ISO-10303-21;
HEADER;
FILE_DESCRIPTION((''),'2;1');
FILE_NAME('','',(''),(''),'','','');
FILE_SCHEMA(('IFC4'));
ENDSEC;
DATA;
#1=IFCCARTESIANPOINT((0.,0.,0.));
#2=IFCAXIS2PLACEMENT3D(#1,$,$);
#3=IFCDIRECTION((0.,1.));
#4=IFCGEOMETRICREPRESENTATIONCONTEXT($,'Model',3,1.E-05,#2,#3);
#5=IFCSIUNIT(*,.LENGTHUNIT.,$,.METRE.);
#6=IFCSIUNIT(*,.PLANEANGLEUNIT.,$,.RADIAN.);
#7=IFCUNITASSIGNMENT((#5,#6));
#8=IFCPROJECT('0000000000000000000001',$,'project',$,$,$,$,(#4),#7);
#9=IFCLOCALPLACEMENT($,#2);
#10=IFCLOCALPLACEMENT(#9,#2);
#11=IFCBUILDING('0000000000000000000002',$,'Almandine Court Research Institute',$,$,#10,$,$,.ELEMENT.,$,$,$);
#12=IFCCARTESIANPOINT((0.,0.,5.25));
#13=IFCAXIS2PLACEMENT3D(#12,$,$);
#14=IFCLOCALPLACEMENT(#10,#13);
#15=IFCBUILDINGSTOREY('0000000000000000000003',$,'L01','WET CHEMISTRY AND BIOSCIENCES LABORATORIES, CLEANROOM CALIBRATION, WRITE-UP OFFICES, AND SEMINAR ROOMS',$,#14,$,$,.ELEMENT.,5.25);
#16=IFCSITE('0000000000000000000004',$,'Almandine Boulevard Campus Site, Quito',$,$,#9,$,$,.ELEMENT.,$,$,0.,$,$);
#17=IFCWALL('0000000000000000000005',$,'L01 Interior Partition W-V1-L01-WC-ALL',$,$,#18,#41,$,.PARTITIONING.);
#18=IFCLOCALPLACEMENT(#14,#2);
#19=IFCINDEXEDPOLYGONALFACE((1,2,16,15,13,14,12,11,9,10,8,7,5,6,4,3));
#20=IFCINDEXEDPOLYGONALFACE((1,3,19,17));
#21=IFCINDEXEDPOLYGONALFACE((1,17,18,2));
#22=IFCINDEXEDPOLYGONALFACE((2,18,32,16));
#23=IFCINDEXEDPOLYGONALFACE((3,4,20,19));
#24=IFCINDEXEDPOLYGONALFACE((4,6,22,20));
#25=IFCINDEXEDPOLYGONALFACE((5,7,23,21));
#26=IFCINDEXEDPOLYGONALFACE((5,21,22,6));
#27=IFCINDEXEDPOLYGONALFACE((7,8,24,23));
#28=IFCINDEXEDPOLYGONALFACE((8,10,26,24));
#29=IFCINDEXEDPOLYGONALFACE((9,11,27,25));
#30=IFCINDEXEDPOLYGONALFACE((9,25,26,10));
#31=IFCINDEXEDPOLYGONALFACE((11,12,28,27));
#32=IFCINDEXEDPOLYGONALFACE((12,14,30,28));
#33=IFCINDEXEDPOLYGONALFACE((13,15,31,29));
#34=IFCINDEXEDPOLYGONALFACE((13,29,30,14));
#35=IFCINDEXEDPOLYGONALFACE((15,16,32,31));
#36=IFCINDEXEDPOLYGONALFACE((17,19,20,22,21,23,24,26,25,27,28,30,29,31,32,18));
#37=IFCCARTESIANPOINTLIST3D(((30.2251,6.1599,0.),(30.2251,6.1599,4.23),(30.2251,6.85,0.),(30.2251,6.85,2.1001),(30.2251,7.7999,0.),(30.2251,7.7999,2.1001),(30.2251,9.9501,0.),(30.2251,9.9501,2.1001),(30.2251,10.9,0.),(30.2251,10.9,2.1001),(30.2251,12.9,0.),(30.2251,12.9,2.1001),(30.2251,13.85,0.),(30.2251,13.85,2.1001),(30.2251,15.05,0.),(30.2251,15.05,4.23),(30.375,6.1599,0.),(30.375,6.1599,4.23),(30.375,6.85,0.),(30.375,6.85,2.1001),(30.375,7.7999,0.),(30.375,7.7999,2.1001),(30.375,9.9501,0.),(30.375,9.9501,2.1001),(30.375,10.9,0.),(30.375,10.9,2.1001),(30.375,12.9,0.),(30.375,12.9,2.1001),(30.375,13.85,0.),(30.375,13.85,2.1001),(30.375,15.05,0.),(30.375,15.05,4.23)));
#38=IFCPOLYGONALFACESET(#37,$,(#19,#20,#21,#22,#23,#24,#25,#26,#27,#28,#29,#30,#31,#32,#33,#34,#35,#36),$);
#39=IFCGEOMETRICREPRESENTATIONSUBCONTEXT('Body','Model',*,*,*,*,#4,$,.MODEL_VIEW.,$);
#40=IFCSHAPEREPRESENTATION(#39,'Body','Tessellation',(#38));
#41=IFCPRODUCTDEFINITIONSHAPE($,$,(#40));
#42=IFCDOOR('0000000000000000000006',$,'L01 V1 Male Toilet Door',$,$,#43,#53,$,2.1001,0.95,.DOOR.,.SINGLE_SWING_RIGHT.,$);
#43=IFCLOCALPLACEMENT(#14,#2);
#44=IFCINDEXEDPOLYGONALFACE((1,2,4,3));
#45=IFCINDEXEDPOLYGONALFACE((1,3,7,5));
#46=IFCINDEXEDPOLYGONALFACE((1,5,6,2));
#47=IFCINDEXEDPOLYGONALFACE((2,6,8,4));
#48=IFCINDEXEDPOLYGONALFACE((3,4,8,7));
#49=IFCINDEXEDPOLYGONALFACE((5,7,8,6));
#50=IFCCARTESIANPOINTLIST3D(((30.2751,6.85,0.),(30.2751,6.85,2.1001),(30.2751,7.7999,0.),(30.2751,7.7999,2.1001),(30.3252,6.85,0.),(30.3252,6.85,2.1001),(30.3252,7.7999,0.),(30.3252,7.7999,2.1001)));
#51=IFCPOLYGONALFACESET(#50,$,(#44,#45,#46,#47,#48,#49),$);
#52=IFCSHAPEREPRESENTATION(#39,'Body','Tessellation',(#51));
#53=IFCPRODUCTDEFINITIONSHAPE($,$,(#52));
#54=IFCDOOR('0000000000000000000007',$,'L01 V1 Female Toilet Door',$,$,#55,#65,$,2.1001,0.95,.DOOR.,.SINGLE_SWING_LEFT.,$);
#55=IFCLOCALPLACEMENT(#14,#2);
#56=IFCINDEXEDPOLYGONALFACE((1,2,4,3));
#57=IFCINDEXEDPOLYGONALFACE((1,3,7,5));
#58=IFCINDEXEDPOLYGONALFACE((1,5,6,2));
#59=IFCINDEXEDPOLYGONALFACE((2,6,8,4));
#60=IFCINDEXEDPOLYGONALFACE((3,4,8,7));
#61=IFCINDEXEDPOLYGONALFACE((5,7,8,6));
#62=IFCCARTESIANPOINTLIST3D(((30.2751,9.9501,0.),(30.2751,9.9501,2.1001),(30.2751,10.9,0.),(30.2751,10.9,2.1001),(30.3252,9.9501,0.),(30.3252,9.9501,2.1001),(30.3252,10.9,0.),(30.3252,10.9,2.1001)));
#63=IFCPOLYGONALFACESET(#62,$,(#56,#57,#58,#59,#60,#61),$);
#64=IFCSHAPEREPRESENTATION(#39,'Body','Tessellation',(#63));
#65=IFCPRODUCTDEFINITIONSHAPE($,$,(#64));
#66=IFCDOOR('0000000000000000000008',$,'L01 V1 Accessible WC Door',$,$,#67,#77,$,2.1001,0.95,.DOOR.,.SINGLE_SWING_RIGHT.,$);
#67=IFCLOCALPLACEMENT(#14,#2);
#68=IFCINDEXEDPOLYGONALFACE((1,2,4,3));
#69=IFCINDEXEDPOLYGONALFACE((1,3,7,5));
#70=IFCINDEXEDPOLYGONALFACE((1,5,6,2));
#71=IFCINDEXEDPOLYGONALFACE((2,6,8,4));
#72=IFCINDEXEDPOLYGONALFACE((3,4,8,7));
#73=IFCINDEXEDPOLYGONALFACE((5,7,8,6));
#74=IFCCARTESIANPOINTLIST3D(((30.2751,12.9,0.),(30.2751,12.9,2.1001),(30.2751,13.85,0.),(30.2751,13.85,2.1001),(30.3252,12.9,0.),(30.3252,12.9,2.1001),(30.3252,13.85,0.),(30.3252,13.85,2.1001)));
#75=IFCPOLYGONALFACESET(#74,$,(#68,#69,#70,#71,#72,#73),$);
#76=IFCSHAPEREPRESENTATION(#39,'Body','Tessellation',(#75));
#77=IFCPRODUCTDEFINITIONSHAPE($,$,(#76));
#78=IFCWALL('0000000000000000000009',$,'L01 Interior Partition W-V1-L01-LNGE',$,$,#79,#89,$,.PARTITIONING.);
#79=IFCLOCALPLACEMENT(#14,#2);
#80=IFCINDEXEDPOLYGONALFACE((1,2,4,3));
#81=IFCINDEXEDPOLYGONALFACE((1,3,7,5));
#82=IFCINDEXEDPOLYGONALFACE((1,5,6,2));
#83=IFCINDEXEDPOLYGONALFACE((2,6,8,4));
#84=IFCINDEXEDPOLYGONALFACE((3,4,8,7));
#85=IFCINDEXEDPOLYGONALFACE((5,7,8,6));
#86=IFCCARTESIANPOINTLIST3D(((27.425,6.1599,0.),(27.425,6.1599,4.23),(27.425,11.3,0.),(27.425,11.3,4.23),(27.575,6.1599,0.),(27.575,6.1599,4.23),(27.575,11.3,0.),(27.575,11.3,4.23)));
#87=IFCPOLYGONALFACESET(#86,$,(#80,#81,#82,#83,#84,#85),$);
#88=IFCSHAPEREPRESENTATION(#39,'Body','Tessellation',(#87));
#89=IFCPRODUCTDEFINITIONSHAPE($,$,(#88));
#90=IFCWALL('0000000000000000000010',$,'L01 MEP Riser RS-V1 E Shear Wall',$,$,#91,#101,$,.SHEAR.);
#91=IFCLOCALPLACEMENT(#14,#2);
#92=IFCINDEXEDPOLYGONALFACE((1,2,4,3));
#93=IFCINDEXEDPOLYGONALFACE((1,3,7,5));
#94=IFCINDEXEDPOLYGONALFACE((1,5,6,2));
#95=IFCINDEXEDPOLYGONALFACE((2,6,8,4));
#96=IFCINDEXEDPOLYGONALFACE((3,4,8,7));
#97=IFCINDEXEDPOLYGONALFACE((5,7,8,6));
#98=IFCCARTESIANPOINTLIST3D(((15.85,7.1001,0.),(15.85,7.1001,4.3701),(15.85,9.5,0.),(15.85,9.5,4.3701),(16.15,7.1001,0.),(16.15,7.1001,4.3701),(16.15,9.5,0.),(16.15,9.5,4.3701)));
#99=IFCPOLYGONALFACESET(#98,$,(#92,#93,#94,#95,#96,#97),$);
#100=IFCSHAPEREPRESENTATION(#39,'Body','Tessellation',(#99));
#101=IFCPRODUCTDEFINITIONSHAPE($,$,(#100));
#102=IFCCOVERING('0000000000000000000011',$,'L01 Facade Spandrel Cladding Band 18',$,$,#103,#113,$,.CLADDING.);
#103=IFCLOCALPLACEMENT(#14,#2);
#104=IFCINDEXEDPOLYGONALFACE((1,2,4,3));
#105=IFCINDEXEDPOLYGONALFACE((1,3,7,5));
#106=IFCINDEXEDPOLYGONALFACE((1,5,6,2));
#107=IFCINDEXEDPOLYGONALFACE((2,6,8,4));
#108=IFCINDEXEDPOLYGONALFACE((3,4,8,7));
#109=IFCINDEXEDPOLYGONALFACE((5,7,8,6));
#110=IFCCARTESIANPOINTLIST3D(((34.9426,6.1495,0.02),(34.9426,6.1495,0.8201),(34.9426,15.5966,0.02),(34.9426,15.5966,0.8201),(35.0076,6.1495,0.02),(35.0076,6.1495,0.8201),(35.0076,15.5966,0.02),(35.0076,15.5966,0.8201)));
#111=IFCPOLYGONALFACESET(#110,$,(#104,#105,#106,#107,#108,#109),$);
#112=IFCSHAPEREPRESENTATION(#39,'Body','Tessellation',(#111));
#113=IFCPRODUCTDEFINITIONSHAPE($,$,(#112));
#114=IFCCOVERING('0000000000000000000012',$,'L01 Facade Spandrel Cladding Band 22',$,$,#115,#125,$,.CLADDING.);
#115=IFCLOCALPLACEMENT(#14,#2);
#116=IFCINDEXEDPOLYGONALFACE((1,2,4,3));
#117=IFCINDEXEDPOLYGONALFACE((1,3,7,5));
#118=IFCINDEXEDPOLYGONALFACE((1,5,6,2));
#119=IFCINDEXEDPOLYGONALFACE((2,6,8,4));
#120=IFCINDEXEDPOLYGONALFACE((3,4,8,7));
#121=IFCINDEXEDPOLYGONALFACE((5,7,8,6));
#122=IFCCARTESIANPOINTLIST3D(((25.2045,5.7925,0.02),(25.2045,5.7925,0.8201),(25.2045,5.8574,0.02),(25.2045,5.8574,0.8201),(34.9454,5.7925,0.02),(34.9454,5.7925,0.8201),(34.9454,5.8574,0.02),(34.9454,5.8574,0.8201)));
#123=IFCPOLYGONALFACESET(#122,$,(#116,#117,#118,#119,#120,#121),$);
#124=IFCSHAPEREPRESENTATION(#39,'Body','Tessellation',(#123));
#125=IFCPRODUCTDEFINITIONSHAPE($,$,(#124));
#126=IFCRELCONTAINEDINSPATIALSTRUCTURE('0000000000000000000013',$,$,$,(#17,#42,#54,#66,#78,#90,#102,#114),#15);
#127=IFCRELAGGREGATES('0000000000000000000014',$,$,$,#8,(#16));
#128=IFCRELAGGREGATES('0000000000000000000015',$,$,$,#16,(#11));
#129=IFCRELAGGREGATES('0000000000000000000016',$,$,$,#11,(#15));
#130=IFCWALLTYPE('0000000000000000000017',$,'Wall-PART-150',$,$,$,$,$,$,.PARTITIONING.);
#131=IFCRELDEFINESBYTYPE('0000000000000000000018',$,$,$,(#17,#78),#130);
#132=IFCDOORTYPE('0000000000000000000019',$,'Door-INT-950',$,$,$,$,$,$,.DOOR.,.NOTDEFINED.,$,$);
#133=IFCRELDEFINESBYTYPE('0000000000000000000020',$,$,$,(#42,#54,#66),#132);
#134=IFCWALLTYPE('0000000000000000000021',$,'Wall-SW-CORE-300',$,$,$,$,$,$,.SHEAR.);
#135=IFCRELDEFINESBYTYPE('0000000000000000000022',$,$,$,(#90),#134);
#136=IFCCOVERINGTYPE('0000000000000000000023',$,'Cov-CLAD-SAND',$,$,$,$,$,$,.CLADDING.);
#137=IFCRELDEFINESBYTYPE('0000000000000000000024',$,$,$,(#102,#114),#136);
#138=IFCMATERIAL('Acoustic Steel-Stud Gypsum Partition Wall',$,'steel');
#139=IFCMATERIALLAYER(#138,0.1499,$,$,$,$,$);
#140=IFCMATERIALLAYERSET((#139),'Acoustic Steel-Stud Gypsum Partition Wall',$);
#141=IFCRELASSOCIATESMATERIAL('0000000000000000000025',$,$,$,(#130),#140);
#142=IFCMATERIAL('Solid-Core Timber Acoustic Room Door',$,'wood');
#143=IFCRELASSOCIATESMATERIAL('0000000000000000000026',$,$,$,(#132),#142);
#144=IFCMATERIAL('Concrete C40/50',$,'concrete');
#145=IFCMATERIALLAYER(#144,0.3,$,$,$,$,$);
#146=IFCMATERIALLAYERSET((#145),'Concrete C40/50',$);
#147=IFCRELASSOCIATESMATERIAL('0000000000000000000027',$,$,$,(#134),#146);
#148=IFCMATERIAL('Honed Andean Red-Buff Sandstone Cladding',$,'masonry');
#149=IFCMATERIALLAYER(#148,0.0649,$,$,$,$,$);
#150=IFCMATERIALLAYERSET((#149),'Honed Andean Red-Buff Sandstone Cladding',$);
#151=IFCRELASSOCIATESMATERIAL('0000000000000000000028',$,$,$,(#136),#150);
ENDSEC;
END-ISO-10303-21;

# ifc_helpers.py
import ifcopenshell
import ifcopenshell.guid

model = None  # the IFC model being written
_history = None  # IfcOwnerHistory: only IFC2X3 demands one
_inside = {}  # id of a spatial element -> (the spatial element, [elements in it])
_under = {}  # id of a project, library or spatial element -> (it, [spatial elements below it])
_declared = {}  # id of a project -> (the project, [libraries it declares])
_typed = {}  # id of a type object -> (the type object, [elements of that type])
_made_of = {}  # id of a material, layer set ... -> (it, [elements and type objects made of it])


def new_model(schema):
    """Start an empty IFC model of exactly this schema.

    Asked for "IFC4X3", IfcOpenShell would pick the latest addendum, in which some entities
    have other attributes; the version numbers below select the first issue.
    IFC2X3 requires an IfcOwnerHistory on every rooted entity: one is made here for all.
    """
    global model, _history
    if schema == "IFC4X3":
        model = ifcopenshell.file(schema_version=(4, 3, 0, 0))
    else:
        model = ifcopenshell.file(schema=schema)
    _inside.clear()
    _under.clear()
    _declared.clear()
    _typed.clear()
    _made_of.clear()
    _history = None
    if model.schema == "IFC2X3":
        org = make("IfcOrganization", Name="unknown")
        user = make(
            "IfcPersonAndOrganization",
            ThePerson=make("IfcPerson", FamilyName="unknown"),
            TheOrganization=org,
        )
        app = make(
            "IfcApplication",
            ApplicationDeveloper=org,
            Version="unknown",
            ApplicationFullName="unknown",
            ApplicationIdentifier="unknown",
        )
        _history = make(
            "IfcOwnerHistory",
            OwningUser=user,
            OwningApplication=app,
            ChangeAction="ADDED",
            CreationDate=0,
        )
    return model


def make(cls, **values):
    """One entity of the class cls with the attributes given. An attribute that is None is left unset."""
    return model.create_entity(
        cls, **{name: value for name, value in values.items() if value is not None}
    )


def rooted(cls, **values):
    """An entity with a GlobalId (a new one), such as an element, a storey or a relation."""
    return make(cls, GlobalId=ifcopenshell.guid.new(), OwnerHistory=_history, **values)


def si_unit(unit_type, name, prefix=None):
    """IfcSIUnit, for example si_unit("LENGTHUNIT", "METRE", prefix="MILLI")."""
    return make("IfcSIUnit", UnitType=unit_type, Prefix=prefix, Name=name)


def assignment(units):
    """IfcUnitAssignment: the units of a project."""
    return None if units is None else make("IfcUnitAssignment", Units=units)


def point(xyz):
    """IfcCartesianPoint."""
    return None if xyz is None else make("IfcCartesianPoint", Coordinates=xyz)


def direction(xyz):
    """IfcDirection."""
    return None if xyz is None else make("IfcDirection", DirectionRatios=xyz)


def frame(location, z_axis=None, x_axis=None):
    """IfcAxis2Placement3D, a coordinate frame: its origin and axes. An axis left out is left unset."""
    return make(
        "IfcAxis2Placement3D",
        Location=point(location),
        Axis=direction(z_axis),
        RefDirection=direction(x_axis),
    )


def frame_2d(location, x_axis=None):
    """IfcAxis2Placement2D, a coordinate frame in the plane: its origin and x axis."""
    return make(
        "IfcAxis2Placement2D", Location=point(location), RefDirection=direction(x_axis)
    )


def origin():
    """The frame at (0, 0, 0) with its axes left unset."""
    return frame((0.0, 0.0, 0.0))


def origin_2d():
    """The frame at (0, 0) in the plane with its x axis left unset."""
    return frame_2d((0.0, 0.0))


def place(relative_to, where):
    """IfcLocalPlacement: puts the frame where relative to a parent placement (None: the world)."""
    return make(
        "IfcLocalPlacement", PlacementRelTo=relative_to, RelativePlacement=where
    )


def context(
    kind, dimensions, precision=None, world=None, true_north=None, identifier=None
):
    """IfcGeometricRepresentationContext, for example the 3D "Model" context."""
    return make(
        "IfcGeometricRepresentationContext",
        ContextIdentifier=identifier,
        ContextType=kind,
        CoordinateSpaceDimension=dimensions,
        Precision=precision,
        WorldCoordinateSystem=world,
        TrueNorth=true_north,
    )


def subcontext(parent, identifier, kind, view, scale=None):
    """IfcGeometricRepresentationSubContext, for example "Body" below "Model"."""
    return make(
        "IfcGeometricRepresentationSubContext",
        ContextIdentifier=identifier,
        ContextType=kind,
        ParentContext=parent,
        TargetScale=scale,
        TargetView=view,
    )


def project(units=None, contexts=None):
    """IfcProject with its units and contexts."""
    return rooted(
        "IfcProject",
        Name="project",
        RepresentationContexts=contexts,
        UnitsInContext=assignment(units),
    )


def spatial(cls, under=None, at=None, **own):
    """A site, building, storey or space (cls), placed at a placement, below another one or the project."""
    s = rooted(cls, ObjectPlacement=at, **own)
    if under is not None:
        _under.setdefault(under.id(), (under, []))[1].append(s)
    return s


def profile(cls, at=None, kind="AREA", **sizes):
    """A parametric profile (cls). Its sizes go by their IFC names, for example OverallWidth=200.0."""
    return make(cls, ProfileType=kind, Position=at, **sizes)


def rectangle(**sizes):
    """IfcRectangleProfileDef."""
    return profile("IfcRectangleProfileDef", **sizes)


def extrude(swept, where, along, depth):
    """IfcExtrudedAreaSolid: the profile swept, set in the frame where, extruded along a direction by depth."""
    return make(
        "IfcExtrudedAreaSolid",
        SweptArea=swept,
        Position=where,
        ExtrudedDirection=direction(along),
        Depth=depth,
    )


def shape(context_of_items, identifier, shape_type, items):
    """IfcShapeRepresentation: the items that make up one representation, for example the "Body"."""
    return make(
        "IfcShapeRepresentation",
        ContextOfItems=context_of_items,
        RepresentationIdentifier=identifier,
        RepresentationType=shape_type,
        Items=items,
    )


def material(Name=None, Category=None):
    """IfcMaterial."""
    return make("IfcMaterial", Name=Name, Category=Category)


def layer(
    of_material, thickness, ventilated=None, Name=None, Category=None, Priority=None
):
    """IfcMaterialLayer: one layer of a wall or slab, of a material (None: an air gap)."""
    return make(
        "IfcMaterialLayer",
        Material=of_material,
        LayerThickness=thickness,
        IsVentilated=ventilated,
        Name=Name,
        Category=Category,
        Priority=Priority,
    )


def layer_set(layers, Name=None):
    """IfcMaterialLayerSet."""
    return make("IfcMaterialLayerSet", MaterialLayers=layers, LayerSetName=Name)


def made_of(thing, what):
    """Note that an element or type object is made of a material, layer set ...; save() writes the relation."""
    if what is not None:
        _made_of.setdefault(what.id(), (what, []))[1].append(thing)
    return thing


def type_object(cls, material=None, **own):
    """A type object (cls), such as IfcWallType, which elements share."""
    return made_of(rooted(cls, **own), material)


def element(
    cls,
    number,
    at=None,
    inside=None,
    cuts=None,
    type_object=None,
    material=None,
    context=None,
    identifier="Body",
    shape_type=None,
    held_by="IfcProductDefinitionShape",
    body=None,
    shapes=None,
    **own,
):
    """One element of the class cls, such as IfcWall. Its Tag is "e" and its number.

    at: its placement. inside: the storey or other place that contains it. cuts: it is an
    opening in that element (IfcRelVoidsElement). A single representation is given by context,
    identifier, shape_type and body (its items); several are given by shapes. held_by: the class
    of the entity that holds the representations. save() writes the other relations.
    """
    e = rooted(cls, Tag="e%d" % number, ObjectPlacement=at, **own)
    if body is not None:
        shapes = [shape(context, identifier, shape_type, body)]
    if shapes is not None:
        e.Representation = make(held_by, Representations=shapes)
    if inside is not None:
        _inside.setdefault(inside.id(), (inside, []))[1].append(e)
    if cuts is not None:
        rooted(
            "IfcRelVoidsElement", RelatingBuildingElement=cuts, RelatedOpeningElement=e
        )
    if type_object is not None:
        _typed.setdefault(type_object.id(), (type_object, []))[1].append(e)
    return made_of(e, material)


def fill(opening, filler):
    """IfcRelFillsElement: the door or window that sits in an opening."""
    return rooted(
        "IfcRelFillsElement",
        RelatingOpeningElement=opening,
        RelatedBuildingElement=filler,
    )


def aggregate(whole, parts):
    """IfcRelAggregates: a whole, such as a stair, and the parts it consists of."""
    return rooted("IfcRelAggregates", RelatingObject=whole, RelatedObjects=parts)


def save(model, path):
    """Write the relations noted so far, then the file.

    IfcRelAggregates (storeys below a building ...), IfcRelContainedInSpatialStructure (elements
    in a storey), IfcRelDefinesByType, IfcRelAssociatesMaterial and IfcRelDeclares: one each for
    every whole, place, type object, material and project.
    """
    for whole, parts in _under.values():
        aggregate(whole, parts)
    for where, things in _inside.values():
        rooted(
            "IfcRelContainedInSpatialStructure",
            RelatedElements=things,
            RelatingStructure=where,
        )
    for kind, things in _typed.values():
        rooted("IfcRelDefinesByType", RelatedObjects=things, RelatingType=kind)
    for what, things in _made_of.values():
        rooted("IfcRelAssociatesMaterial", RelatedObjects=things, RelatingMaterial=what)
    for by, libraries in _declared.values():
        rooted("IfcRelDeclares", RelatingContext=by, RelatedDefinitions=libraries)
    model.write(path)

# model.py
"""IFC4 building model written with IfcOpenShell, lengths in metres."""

from ifc_helpers import new_model, si_unit, direction, frame, frame_2d, origin, origin_2d, place, context, subcontext, project, spatial, rectangle, extrude, material, layer, layer_set, type_object, element, fill, save


model = new_model("IFC4")

# Units and contexts
model_context = context("Model", 3, precision=1e-05, world=origin(), true_north=direction((0.0, 1.0)))
body_context = subcontext(model_context, "Body", "Model", "MODEL_VIEW")
ifc_project = project(units=[si_unit("LENGTHUNIT", "METRE"), si_unit("PLANEANGLEUNIT", "RADIAN")], contexts=[model_context])

# Site, building, storey
site_placement = place(None, origin())
site = spatial("IfcSite", under=ifc_project, at=site_placement, Name="Almandine Boulevard Campus Site, Quito", CompositionType="ELEMENT", RefElevation=0.0)
building_placement = place(site_placement, origin())
building = spatial("IfcBuilding", under=site, at=building_placement, Name="Almandine Court Research Institute", CompositionType="ELEMENT")
storey_placement = place(building_placement, frame((0.0, 0.0, 5.25)))
storey = spatial("IfcBuildingStorey", under=building, at=storey_placement, Name="L01", Description="WET CHEMISTRY AND BIOSCIENCES LABORATORIES, CLEANROOM CALIBRATION, WRITE-UP OFFICES, AND SEMINAR ROOMS", CompositionType="ELEMENT", Elevation=5.25)

# Shared definitions
ifc_material_1 = material(Name="Acoustic Steel-Stud Gypsum Partition Wall", Category="steel")
ifc_layer_1 = layer(ifc_material_1, 0.1499)
ifc_layer_set_1 = layer_set([ifc_layer_1], Name="Acoustic Steel-Stud Gypsum Partition Wall")
wall_type_1 = type_object("IfcWallType", Name="Wall-PART-150", PredefinedType="PARTITIONING", material=ifc_layer_set_1)

# Wall, openings, doors
wall_1_placement = place(storey_placement, frame((30.3, 6.1599, 0.0), z_axis=(0.0, 0.0, 1.0), x_axis=(0.0, 1.0, 0.0)))
wall_1 = element("IfcWall", 1, at=wall_1_placement, inside=storey, type_object=wall_type_1, Name="L01 Interior Partition W-V1-L01-WC-ALL", PredefinedType="PARTITIONING", context=body_context, shape_type="SweptSolid", body=[
    extrude(rectangle(XDim=8.8901, YDim=0.1499, at=frame_2d((4.4451, 0.0))), origin(), (0.0, 0.0, 1.0), 4.23),
])
opening_1_placement = place(wall_1_placement, frame((0.6899, 0.0, 0.0)))
opening_1 = element("IfcOpeningElement", 2, at=opening_1_placement, cuts=wall_1, PredefinedType="OPENING", context=body_context, shape_type="SweptSolid", body=[
    extrude(rectangle(XDim=0.95, YDim=2.1001, at=frame_2d((0.4751, 1.05))), frame((0.0, 0.085, 0.0), z_axis=(0.0, -1.0, 0.0), x_axis=(1.0, 0.0, 0.0)), (0.0, 0.0, 1.0), 0.1699),
])
opening_2_placement = place(wall_1_placement, frame((3.79, 0.0, 0.0)))
opening_2 = element("IfcOpeningElement", 3, at=opening_2_placement, cuts=wall_1, PredefinedType="OPENING", context=body_context, shape_type="SweptSolid", body=[
    extrude(rectangle(XDim=0.95, YDim=2.1001, at=frame_2d((0.4751, 1.05))), frame((0.0, 0.085, 0.0), z_axis=(0.0, -1.0, 0.0), x_axis=(1.0, 0.0, 0.0)), (0.0, 0.0, 1.0), 0.1699),
])
opening_3_placement = place(wall_1_placement, frame((6.74, 0.0, 0.0)))
opening_3 = element("IfcOpeningElement", 4, at=opening_3_placement, cuts=wall_1, PredefinedType="OPENING", context=body_context, shape_type="SweptSolid", body=[
    extrude(rectangle(XDim=0.95, YDim=2.1001, at=frame_2d((0.4751, 1.05))), frame((0.0, 0.085, 0.0), z_axis=(0.0, -1.0, 0.0), x_axis=(1.0, 0.0, 0.0)), (0.0, 0.0, 1.0), 0.1699),
])
ifc_material_2 = material(Name="Solid-Core Timber Acoustic Room Door", Category="wood")
door_type = type_object("IfcDoorType", Name="Door-INT-950", OperationType="NOTDEFINED", PredefinedType="DOOR", material=ifc_material_2)
door_1_placement = place(opening_1_placement, origin())
door_1 = element("IfcDoor", 5, at=door_1_placement, inside=storey, type_object=door_type, Name="L01 V1 Male Toilet Door", OperationType="SINGLE_SWING_RIGHT", OverallHeight=2.1001, OverallWidth=0.95, PredefinedType="DOOR", context=body_context, shape_type="SweptSolid", body=[
    extrude(rectangle(XDim=0.95, YDim=2.1001, at=frame_2d((0.4751, 1.05))), frame((0.0, 0.0249, 0.0), z_axis=(0.0, -1.0, 0.0), x_axis=(1.0, 0.0, 0.0)), (0.0, 0.0, 1.0), 0.05),
])
fill(opening_1, door_1)
door_2_placement = place(opening_2_placement, origin())
door_2 = element("IfcDoor", 6, at=door_2_placement, inside=storey, type_object=door_type, Name="L01 V1 Female Toilet Door", OperationType="SINGLE_SWING_LEFT", OverallHeight=2.1001, OverallWidth=0.95, PredefinedType="DOOR", context=body_context, shape_type="SweptSolid", body=[
    extrude(rectangle(XDim=0.95, YDim=2.1001, at=frame_2d((0.4751, 1.05))), frame((0.0, 0.0249, 0.0), z_axis=(0.0, -1.0, 0.0), x_axis=(1.0, 0.0, 0.0)), (0.0, 0.0, 1.0), 0.05),
])
fill(opening_2, door_2)
door_3_placement = place(opening_3_placement, origin())
door_3 = element("IfcDoor", 7, at=door_3_placement, inside=storey, type_object=door_type, Name="L01 V1 Accessible WC Door", OperationType="SINGLE_SWING_RIGHT", OverallHeight=2.1001, OverallWidth=0.95, PredefinedType="DOOR", context=body_context, shape_type="SweptSolid", body=[
    extrude(rectangle(XDim=0.95, YDim=2.1001, at=frame_2d((0.4751, 1.05))), frame((0.0, 0.0249, 0.0), z_axis=(0.0, -1.0, 0.0), x_axis=(1.0, 0.0, 0.0)), (0.0, 0.0, 1.0), 0.05),
])
fill(opening_3, door_3)

# Walls
wall_2_placement = place(storey_placement, frame((27.5, 6.1599, 0.0), z_axis=(0.0, 0.0, 1.0), x_axis=(0.0, 1.0, 0.0)))
element("IfcWall", 8, at=wall_2_placement, inside=storey, type_object=wall_type_1, Name="L01 Interior Partition W-V1-L01-LNGE", PredefinedType="PARTITIONING", context=body_context, shape_type="SweptSolid", body=[
    extrude(rectangle(XDim=5.1401, YDim=0.1499, at=frame_2d((2.5701, 0.0))), origin(), (0.0, 0.0, 1.0), 4.23),
])
ifc_material_3 = material(Name="Concrete C40/50", Category="concrete")
ifc_layer_2 = layer(ifc_material_3, 0.3)
ifc_layer_set_2 = layer_set([ifc_layer_2], Name="Concrete C40/50")
wall_type_2 = type_object("IfcWallType", Name="Wall-SW-CORE-300", PredefinedType="SHEAR", material=ifc_layer_set_2)
wall_3_placement = place(storey_placement, frame((16.0, 9.5, 0.0), z_axis=(0.0, 0.0, 1.0), x_axis=(0.0, -1.0, 0.0)))
element("IfcWall", 9, at=wall_3_placement, inside=storey, type_object=wall_type_2, Name="L01 MEP Riser RS-V1 E Shear Wall", PredefinedType="SHEAR", context=body_context, shape_type="SweptSolid", body=[
    extrude(rectangle(XDim=2.3999, YDim=0.3, at=frame_2d((1.2, 0.0))), origin(), (0.0, 0.0, 1.0), 4.3701),
])

# Coverings
ifc_material_4 = material(Name="Honed Andean Red-Buff Sandstone Cladding", Category="masonry")
ifc_layer_3 = layer(ifc_material_4, 0.0649)
ifc_layer_set_3 = layer_set([ifc_layer_3], Name="Honed Andean Red-Buff Sandstone Cladding")
covering_type = type_object("IfcCoveringType", Name="Cov-CLAD-SAND", PredefinedType="CLADDING", material=ifc_layer_set_3)
covering_1_placement = place(storey_placement, frame((34.9751, 10.873, 0.02), z_axis=(0.0, 0.0, 1.0), x_axis=(0.0, -1.0, 0.0)))
element("IfcCovering", 10, at=covering_1_placement, inside=storey, type_object=covering_type, Name="L01 Facade Spandrel Cladding Band 18", PredefinedType="CLADDING", context=body_context, shape_type="SweptSolid", body=[
    extrude(rectangle(XDim=9.447, YDim=0.0649, at=origin_2d()), origin(), (0.0, 0.0, 1.0), 0.8),
])
covering_2_placement = place(storey_placement, frame((30.075, 5.825, 0.02), z_axis=(0.0, 0.0, 1.0), x_axis=(-1.0, 0.0, 0.0)))
element("IfcCovering", 11, at=covering_2_placement, inside=storey, type_object=covering_type, Name="L01 Facade Spandrel Cladding Band 22", PredefinedType="CLADDING", context=body_context, shape_type="SweptSolid", body=[
    extrude(rectangle(XDim=9.741, YDim=0.0649, at=origin_2d()), origin(), (0.0, 0.0, 1.0), 0.8),
])

save(model, "model.ifc")
